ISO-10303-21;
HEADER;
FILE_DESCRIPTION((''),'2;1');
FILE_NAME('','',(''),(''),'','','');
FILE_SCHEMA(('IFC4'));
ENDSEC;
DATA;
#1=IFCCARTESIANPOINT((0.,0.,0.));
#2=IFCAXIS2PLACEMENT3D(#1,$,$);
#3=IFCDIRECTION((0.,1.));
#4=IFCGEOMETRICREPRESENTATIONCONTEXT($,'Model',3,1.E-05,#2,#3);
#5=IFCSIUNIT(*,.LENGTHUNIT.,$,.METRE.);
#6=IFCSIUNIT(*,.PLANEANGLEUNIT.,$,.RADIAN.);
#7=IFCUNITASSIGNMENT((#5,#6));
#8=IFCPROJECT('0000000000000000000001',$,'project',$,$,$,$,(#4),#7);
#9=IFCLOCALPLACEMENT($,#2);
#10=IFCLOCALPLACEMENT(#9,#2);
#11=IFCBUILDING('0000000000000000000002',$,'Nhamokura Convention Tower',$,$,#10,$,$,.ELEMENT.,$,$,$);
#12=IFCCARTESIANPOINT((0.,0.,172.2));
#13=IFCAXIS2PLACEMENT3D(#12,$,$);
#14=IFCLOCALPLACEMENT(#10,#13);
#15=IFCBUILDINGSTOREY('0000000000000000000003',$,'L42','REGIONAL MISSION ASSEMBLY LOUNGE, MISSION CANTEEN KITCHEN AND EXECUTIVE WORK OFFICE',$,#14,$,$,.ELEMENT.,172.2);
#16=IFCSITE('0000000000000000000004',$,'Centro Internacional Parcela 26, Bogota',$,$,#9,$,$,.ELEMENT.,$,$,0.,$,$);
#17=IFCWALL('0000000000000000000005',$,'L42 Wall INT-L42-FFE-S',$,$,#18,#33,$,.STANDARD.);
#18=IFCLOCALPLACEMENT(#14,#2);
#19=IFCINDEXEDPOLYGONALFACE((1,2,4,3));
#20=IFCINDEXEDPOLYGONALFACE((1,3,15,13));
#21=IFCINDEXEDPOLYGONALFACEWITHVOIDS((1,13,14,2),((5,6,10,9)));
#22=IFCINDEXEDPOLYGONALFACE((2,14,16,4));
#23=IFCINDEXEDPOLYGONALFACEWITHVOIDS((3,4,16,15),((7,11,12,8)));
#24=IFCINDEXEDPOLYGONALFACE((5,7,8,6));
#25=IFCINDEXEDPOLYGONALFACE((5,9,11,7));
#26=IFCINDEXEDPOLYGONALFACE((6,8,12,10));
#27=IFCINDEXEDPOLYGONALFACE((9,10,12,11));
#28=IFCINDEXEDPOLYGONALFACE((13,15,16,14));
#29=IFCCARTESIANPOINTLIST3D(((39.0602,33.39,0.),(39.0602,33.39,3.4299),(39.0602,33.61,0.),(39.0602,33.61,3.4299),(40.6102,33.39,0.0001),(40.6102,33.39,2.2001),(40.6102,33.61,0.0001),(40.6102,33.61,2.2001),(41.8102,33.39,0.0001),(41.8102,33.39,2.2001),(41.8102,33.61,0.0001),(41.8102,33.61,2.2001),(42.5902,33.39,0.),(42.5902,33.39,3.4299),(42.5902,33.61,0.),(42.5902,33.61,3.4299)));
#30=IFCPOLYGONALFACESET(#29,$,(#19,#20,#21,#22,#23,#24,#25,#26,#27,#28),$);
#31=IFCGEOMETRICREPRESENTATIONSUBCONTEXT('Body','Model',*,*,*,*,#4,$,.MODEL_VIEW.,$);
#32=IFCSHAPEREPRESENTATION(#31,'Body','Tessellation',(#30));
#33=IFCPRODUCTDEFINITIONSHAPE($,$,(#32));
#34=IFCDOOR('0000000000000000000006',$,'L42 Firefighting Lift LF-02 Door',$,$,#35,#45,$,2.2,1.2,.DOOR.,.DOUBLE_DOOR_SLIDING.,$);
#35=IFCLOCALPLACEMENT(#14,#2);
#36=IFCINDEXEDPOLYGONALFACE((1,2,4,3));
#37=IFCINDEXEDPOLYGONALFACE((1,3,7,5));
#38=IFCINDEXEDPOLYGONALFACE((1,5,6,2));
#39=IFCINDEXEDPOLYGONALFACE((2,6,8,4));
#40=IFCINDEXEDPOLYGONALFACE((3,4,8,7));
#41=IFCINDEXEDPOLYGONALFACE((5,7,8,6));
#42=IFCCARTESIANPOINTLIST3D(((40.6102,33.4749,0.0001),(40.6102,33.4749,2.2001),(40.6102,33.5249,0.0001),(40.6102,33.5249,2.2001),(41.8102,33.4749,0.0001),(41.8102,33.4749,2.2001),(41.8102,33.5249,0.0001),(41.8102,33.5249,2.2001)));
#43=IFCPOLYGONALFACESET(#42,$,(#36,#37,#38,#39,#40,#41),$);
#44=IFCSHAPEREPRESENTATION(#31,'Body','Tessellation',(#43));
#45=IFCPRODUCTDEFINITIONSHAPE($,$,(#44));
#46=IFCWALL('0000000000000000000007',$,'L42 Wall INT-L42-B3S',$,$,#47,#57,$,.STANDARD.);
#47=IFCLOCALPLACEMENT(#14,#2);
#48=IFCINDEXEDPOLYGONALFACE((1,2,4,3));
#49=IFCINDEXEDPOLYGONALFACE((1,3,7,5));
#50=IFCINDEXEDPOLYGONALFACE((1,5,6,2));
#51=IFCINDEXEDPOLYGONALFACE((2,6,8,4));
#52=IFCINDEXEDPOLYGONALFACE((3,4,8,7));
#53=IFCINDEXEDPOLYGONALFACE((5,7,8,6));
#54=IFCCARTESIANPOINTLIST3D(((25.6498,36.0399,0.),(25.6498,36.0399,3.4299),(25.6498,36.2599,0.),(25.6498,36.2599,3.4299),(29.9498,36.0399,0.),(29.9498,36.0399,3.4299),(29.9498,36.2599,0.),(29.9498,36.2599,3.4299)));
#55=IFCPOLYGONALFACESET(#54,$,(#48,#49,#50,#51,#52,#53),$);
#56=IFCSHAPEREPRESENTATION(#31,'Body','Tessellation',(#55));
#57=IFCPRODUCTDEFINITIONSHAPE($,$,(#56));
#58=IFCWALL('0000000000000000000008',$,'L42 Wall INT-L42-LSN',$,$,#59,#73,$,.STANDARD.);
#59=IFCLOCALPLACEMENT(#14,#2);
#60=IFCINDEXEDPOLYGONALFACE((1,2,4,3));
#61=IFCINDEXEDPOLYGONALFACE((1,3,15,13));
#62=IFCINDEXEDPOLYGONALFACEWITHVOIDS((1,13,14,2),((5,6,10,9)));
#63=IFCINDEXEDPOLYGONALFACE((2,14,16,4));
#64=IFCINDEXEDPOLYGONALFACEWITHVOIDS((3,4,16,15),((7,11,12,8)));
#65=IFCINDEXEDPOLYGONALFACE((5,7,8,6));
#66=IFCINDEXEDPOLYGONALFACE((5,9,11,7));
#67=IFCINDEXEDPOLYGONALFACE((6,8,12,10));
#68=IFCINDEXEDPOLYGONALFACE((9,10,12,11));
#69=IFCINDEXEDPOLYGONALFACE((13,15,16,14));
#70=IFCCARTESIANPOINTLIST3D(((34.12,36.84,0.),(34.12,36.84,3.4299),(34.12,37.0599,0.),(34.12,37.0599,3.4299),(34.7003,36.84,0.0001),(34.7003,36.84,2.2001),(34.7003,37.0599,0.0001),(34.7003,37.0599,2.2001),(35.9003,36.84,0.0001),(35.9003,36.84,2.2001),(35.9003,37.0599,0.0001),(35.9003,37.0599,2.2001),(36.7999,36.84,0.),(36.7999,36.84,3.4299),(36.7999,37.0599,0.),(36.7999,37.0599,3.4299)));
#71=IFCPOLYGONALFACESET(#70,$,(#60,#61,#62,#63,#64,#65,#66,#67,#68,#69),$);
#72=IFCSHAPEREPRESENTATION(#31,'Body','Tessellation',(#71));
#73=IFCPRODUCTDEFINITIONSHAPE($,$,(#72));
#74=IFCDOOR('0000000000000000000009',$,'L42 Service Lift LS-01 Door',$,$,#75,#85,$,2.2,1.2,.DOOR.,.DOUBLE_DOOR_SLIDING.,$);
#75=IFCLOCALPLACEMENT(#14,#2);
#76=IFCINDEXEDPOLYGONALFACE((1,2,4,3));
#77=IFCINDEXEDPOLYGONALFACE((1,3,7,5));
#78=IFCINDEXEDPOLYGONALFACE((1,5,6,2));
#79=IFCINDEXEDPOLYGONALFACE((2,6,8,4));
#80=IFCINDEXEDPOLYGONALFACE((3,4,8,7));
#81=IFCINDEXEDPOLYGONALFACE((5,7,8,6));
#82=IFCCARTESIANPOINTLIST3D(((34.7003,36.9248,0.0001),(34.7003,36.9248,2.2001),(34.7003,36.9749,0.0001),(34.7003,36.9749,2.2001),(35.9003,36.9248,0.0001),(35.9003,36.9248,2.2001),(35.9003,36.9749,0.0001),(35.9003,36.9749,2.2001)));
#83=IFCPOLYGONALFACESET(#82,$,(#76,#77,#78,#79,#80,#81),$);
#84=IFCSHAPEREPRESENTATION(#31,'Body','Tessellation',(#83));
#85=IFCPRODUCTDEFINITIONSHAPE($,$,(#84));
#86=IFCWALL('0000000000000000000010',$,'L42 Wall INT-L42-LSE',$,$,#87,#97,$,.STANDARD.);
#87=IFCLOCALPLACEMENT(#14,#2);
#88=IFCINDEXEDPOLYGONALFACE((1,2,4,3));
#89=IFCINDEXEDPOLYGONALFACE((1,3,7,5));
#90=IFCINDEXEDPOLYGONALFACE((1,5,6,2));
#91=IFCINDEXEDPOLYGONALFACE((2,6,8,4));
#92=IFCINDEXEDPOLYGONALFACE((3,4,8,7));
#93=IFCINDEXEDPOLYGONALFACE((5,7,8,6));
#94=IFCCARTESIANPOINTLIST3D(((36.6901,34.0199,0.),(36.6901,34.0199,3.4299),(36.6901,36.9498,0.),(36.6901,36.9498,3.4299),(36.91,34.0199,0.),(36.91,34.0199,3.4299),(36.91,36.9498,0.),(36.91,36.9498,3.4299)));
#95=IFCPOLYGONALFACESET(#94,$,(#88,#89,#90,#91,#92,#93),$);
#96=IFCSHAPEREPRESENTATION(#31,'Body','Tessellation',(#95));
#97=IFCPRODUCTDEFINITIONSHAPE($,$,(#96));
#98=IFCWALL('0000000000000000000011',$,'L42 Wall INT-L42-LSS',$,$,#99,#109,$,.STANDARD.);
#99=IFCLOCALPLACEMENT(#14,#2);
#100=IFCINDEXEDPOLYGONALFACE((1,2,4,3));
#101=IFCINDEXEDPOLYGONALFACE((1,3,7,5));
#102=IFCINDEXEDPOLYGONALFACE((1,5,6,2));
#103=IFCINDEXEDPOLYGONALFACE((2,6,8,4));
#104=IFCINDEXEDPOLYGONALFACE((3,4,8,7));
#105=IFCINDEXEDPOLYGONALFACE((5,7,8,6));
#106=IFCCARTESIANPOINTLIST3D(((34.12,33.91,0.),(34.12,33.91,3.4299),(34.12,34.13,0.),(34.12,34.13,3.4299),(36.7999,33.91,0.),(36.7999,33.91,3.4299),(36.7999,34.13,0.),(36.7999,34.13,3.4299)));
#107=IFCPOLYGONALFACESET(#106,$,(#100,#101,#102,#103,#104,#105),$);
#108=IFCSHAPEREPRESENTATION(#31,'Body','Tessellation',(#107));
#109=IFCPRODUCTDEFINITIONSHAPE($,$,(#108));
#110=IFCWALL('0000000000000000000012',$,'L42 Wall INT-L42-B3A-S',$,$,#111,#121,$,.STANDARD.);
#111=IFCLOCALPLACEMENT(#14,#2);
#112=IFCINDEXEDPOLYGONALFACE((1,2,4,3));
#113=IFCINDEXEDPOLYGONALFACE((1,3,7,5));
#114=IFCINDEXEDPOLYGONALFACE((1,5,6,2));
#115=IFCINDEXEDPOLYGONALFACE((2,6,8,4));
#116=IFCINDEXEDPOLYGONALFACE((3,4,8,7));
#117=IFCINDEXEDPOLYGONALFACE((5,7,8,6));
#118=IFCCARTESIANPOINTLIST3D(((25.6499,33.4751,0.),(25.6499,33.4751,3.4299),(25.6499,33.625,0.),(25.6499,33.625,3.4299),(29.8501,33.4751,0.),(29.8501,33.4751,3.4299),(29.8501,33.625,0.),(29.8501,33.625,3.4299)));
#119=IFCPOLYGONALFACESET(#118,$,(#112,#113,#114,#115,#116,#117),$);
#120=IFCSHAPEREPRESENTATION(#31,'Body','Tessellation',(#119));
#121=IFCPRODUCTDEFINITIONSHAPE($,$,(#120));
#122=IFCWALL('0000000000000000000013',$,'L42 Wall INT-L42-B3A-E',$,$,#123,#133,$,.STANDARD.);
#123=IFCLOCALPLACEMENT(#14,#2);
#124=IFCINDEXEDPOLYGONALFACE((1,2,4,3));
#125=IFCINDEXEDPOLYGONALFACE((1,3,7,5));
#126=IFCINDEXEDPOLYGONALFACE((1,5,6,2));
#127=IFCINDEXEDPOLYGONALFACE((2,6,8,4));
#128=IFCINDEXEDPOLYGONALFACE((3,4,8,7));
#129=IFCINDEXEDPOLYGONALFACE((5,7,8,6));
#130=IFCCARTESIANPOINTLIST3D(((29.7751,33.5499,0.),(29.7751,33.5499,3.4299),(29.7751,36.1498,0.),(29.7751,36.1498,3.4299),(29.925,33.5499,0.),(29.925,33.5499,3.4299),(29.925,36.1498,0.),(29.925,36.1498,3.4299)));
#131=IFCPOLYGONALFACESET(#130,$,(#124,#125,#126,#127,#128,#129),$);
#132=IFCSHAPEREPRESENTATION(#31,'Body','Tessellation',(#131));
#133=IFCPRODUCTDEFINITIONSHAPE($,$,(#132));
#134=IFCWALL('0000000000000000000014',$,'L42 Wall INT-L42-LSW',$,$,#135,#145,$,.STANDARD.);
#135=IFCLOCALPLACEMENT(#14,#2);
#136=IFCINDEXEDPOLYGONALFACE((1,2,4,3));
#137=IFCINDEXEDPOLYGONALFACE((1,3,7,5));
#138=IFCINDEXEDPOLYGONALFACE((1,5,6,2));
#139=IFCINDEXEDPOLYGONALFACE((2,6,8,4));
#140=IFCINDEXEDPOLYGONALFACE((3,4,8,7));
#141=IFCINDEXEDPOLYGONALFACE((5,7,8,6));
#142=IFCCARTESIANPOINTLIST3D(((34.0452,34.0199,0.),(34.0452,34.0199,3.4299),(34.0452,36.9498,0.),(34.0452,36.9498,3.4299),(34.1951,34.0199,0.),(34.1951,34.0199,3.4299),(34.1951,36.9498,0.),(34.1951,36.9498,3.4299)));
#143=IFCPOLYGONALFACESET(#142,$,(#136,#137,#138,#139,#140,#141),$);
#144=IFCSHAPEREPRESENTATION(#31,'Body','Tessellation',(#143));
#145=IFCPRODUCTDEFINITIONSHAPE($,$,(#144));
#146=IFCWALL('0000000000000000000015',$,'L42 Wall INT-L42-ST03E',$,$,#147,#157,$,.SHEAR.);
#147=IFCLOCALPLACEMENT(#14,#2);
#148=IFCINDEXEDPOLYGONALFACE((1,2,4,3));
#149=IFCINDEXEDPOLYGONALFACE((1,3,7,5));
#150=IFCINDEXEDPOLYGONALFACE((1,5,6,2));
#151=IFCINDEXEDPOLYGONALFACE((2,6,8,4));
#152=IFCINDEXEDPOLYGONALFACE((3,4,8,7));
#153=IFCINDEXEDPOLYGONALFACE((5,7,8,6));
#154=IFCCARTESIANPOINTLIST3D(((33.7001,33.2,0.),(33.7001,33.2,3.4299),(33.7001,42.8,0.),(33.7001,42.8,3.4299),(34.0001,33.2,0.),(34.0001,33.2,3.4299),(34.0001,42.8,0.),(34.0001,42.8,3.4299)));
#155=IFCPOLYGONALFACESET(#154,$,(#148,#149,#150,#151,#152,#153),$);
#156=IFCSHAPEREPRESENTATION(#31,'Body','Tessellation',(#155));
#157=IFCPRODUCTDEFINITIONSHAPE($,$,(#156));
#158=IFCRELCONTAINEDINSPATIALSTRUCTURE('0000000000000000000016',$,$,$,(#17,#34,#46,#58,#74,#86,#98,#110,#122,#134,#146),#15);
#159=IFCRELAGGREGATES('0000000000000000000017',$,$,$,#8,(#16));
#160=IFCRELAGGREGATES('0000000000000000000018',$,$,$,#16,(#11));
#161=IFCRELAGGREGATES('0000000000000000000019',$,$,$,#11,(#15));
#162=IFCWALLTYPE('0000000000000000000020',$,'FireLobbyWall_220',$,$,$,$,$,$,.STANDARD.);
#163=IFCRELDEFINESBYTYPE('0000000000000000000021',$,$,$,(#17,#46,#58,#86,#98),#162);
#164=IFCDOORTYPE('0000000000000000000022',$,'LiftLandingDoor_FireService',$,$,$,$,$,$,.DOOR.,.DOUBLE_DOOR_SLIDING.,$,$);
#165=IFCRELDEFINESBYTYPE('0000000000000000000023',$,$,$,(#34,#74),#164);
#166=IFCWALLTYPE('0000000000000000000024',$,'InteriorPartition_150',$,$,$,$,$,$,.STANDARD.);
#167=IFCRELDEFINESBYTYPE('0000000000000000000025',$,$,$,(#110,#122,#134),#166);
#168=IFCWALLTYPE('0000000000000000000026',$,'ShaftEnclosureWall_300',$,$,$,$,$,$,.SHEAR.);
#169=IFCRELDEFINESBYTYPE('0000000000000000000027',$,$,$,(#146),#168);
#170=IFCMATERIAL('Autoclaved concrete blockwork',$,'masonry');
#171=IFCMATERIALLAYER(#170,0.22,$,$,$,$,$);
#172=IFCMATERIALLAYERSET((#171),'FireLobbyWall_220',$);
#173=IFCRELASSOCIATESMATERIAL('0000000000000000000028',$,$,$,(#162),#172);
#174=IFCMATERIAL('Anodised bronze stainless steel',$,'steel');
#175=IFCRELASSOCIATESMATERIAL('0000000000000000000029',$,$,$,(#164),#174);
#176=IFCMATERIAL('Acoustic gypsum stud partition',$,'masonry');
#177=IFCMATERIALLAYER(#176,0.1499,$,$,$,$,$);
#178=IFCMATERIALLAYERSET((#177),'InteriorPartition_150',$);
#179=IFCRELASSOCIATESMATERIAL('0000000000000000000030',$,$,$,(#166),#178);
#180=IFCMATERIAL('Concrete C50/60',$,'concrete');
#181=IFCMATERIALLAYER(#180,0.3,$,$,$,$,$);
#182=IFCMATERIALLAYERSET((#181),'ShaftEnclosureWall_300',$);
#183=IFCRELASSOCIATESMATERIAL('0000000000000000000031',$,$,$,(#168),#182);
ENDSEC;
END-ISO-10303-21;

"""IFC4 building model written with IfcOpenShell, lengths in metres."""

from ifc_helpers import new_model, si_unit, direction, frame, frame_2d, origin, place, context, subcontext, project, spatial, rectangle, extrude, material, layer, layer_set, type_object, element, fill, save


model = new_model("IFC4")

# Units and contexts
model_context = context("Model", 3, precision=1e-05, world=origin(), true_north=direction((0.0, 1.0)))
body_context = subcontext(model_context, "Body", "Model", "MODEL_VIEW")
ifc_project = project(units=[si_unit("LENGTHUNIT", "METRE"), si_unit("PLANEANGLEUNIT", "RADIAN")], contexts=[model_context])

# Site, building, storey
site_placement = place(None, origin())
site = spatial("IfcSite", under=ifc_project, at=site_placement, Name="Centro Internacional Parcela 26, Bogota", CompositionType="ELEMENT", RefElevation=0.0)
building_placement = place(site_placement, origin())
building = spatial("IfcBuilding", under=site, at=building_placement, Name="Nhamokura Convention Tower", CompositionType="ELEMENT")
storey_placement = place(building_placement, frame((0.0, 0.0, 172.2)))
storey = spatial("IfcBuildingStorey", under=building, at=storey_placement, Name="L42", Description="REGIONAL MISSION ASSEMBLY LOUNGE, MISSION CANTEEN KITCHEN AND EXECUTIVE WORK OFFICE", CompositionType="ELEMENT", Elevation=172.2)

# Wall, opening, door
ifc_material_1 = material(Name="Autoclaved concrete blockwork", Category="masonry")
ifc_layer_1 = layer(ifc_material_1, 0.22)
ifc_layer_set_1 = layer_set([ifc_layer_1], Name="FireLobbyWall_220")
wall_type_1 = type_object("IfcWallType", Name="FireLobbyWall_220", PredefinedType="STANDARD", material=ifc_layer_set_1)
wall_1_placement = place(storey_placement, frame((39.0601, 33.5, 0.0), z_axis=(0.0, 0.0, 1.0), x_axis=(1.0, 0.0, 0.0)))
wall_1 = element("IfcWall", 1, at=wall_1_placement, inside=storey, type_object=wall_type_1, Name="L42 Wall INT-L42-FFE-S", PredefinedType="STANDARD", context=body_context, shape_type="SweptSolid", body=[
    extrude(rectangle(XDim=3.53, YDim=0.22, at=frame_2d((1.7651, 0.0))), origin(), (0.0, 0.0, 1.0), 3.4299),
])
opening_1_placement = place(wall_1_placement, frame((1.55, 0.0, 0.0)))
opening_1 = element("IfcOpeningElement", 2, at=opening_1_placement, cuts=wall_1, PredefinedType="OPENING", context=body_context, shape_type="SweptSolid", body=[
    extrude(rectangle(XDim=1.2, YDim=2.2, at=frame_2d((0.6001, 1.1001))), frame((0.0, 0.1199, 0.0), z_axis=(0.0, -1.0, 0.0), x_axis=(1.0, 0.0, 0.0)), (0.0, 0.0, 1.0), 0.24),
])
ifc_material_2 = material(Name="Anodised bronze stainless steel", Category="steel")
door_type_1 = type_object("IfcDoorType", Name="LiftLandingDoor_FireService", OperationType="DOUBLE_DOOR_SLIDING", PredefinedType="DOOR", material=ifc_material_2)
door_1_placement = place(opening_1_placement, origin())
door_1 = element("IfcDoor", 3, at=door_1_placement, inside=storey, type_object=door_type_1, Name="L42 Firefighting Lift LF-02 Door", OperationType="DOUBLE_DOOR_SLIDING", OverallHeight=2.2, OverallWidth=1.2, PredefinedType="DOOR", context=body_context, shape_type="SweptSolid", body=[
    extrude(rectangle(XDim=1.2, YDim=2.2, at=frame_2d((0.6001, 1.1001))), frame((0.0, 0.0249, 0.0), z_axis=(0.0, -1.0, 0.0), x_axis=(1.0, 0.0, 0.0)), (0.0, 0.0, 1.0), 0.05),
])
fill(opening_1, door_1)

# Wall
wall_2_placement = place(storey_placement, frame((25.6499, 36.1499, 0.0), z_axis=(0.0, 0.0, 1.0), x_axis=(1.0, 0.0, 0.0)))
element("IfcWall", 4, at=wall_2_placement, inside=storey, type_object=wall_type_1, Name="L42 Wall INT-L42-B3S", PredefinedType="STANDARD", context=body_context, shape_type="SweptSolid", body=[
    extrude(rectangle(XDim=4.3, YDim=0.22, at=frame_2d((2.1499, 0.0))), origin(), (0.0, 0.0, 1.0), 3.4299),
])

# Wall, opening, door
wall_3_placement = place(storey_placement, frame((34.1201, 36.95, 0.0), z_axis=(0.0, 0.0, 1.0), x_axis=(1.0, 0.0, 0.0)))
wall_3 = element("IfcWall", 5, at=wall_3_placement, inside=storey, type_object=wall_type_1, Name="L42 Wall INT-L42-LSN", PredefinedType="STANDARD", context=body_context, shape_type="SweptSolid", body=[
    extrude(rectangle(XDim=2.6799, YDim=0.22, at=frame_2d((1.3398, 0.0))), origin(), (0.0, 0.0, 1.0), 3.4299),
])
opening_2_placement = place(wall_3_placement, frame((0.5801, 0.0, 0.0)))
opening_2 = element("IfcOpeningElement", 6, at=opening_2_placement, cuts=wall_3, PredefinedType="OPENING", context=body_context, shape_type="SweptSolid", body=[
    extrude(rectangle(XDim=1.2, YDim=2.2, at=frame_2d((0.6001, 1.1001))), frame((0.0, 0.1199, 0.0), z_axis=(0.0, -1.0, 0.0), x_axis=(1.0, 0.0, 0.0)), (0.0, 0.0, 1.0), 0.24),
])
door_2_placement = place(opening_2_placement, origin())
door_2 = element("IfcDoor", 7, at=door_2_placement, inside=storey, type_object=door_type_1, Name="L42 Service Lift LS-01 Door", OperationType="DOUBLE_DOOR_SLIDING", OverallHeight=2.2, OverallWidth=1.2, PredefinedType="DOOR", context=body_context, shape_type="SweptSolid", body=[
    extrude(rectangle(XDim=1.2, YDim=2.2, at=frame_2d((0.6001, 1.1001))), frame((0.0, 0.0249, 0.0), z_axis=(0.0, -1.0, 0.0), x_axis=(1.0, 0.0, 0.0)), (0.0, 0.0, 1.0), 0.05),
])
fill(opening_2, door_2)

# Walls
wall_4_placement = place(storey_placement, frame((36.8, 34.02, 0.0), z_axis=(0.0, 0.0, 1.0), x_axis=(0.0, 1.0, 0.0)))
element("IfcWall", 8, at=wall_4_placement, inside=storey, type_object=wall_type_1, Name="L42 Wall INT-L42-LSE", PredefinedType="STANDARD", context=body_context, shape_type="SweptSolid", body=[
    extrude(rectangle(XDim=2.9299, YDim=0.22, at=frame_2d((1.4648, 0.0))), origin(), (0.0, 0.0, 1.0), 3.4299),
])
wall_5_placement = place(storey_placement, frame((34.1201, 34.02, 0.0), z_axis=(0.0, 0.0, 1.0), x_axis=(1.0, 0.0, 0.0)))
element("IfcWall", 9, at=wall_5_placement, inside=storey, type_object=wall_type_1, Name="L42 Wall INT-L42-LSS", PredefinedType="STANDARD", context=body_context, shape_type="SweptSolid", body=[
    extrude(rectangle(XDim=2.6799, YDim=0.22, at=frame_2d((1.3398, 0.0))), origin(), (0.0, 0.0, 1.0), 3.4299),
])
ifc_material_3 = material(Name="Acoustic gypsum stud partition", Category="masonry")
ifc_layer_2 = layer(ifc_material_3, 0.1499)
ifc_layer_set_2 = layer_set([ifc_layer_2], Name="InteriorPartition_150")
wall_type_2 = type_object("IfcWallType", Name="InteriorPartition_150", PredefinedType="STANDARD", material=ifc_layer_set_2)
wall_6_placement = place(storey_placement, frame((25.6499, 33.55, 0.0), z_axis=(0.0, 0.0, 1.0), x_axis=(1.0, 0.0, 0.0)))
element("IfcWall", 10, at=wall_6_placement, inside=storey, type_object=wall_type_2, Name="L42 Wall INT-L42-B3A-S", PredefinedType="STANDARD", context=body_context, shape_type="SweptSolid", body=[
    extrude(rectangle(XDim=4.2002, YDim=0.1499, at=frame_2d((2.1001, 0.0))), origin(), (0.0, 0.0, 1.0), 3.4299),
])
wall_7_placement = place(storey_placement, frame((29.8501, 33.55, 0.0), z_axis=(0.0, 0.0, 1.0), x_axis=(0.0, 1.0, 0.0)))
element("IfcWall", 11, at=wall_7_placement, inside=storey, type_object=wall_type_2, Name="L42 Wall INT-L42-B3A-E", PredefinedType="STANDARD", context=body_context, shape_type="SweptSolid", body=[
    extrude(rectangle(XDim=2.5999, YDim=0.1499, at=frame_2d((1.2998, 0.0))), origin(), (0.0, 0.0, 1.0), 3.4299),
])
wall_8_placement = place(storey_placement, frame((34.1201, 34.02, 0.0), z_axis=(0.0, 0.0, 1.0), x_axis=(0.0, 1.0, 0.0)))
element("IfcWall", 12, at=wall_8_placement, inside=storey, type_object=wall_type_2, Name="L42 Wall INT-L42-LSW", PredefinedType="STANDARD", context=body_context, shape_type="SweptSolid", body=[
    extrude(rectangle(XDim=2.9299, YDim=0.1499, at=frame_2d((1.4648, 0.0))), origin(), (0.0, 0.0, 1.0), 3.4299),
])
ifc_material_4 = material(Name="Concrete C50/60", Category="concrete")
ifc_layer_3 = layer(ifc_material_4, 0.3)
ifc_layer_set_3 = layer_set([ifc_layer_3], Name="ShaftEnclosureWall_300")
wall_type_3 = type_object("IfcWallType", Name="ShaftEnclosureWall_300", PredefinedType="SHEAR", material=ifc_layer_set_3)
wall_9_placement = place(storey_placement, frame((33.8501, 33.2, 0.0), z_axis=(0.0, 0.0, 1.0), x_axis=(0.0, 1.0, 0.0)))
element("IfcWall", 13, at=wall_9_placement, inside=storey, type_object=wall_type_3, Name="L42 Wall INT-L42-ST03E", PredefinedType="SHEAR", context=body_context, shape_type="SweptSolid", body=[
    extrude(rectangle(XDim=9.6001, YDim=0.3, at=frame_2d((4.8, 0.0))), origin(), (0.0, 0.0, 1.0), 3.4299),
])

save(model, "model.ifc")
